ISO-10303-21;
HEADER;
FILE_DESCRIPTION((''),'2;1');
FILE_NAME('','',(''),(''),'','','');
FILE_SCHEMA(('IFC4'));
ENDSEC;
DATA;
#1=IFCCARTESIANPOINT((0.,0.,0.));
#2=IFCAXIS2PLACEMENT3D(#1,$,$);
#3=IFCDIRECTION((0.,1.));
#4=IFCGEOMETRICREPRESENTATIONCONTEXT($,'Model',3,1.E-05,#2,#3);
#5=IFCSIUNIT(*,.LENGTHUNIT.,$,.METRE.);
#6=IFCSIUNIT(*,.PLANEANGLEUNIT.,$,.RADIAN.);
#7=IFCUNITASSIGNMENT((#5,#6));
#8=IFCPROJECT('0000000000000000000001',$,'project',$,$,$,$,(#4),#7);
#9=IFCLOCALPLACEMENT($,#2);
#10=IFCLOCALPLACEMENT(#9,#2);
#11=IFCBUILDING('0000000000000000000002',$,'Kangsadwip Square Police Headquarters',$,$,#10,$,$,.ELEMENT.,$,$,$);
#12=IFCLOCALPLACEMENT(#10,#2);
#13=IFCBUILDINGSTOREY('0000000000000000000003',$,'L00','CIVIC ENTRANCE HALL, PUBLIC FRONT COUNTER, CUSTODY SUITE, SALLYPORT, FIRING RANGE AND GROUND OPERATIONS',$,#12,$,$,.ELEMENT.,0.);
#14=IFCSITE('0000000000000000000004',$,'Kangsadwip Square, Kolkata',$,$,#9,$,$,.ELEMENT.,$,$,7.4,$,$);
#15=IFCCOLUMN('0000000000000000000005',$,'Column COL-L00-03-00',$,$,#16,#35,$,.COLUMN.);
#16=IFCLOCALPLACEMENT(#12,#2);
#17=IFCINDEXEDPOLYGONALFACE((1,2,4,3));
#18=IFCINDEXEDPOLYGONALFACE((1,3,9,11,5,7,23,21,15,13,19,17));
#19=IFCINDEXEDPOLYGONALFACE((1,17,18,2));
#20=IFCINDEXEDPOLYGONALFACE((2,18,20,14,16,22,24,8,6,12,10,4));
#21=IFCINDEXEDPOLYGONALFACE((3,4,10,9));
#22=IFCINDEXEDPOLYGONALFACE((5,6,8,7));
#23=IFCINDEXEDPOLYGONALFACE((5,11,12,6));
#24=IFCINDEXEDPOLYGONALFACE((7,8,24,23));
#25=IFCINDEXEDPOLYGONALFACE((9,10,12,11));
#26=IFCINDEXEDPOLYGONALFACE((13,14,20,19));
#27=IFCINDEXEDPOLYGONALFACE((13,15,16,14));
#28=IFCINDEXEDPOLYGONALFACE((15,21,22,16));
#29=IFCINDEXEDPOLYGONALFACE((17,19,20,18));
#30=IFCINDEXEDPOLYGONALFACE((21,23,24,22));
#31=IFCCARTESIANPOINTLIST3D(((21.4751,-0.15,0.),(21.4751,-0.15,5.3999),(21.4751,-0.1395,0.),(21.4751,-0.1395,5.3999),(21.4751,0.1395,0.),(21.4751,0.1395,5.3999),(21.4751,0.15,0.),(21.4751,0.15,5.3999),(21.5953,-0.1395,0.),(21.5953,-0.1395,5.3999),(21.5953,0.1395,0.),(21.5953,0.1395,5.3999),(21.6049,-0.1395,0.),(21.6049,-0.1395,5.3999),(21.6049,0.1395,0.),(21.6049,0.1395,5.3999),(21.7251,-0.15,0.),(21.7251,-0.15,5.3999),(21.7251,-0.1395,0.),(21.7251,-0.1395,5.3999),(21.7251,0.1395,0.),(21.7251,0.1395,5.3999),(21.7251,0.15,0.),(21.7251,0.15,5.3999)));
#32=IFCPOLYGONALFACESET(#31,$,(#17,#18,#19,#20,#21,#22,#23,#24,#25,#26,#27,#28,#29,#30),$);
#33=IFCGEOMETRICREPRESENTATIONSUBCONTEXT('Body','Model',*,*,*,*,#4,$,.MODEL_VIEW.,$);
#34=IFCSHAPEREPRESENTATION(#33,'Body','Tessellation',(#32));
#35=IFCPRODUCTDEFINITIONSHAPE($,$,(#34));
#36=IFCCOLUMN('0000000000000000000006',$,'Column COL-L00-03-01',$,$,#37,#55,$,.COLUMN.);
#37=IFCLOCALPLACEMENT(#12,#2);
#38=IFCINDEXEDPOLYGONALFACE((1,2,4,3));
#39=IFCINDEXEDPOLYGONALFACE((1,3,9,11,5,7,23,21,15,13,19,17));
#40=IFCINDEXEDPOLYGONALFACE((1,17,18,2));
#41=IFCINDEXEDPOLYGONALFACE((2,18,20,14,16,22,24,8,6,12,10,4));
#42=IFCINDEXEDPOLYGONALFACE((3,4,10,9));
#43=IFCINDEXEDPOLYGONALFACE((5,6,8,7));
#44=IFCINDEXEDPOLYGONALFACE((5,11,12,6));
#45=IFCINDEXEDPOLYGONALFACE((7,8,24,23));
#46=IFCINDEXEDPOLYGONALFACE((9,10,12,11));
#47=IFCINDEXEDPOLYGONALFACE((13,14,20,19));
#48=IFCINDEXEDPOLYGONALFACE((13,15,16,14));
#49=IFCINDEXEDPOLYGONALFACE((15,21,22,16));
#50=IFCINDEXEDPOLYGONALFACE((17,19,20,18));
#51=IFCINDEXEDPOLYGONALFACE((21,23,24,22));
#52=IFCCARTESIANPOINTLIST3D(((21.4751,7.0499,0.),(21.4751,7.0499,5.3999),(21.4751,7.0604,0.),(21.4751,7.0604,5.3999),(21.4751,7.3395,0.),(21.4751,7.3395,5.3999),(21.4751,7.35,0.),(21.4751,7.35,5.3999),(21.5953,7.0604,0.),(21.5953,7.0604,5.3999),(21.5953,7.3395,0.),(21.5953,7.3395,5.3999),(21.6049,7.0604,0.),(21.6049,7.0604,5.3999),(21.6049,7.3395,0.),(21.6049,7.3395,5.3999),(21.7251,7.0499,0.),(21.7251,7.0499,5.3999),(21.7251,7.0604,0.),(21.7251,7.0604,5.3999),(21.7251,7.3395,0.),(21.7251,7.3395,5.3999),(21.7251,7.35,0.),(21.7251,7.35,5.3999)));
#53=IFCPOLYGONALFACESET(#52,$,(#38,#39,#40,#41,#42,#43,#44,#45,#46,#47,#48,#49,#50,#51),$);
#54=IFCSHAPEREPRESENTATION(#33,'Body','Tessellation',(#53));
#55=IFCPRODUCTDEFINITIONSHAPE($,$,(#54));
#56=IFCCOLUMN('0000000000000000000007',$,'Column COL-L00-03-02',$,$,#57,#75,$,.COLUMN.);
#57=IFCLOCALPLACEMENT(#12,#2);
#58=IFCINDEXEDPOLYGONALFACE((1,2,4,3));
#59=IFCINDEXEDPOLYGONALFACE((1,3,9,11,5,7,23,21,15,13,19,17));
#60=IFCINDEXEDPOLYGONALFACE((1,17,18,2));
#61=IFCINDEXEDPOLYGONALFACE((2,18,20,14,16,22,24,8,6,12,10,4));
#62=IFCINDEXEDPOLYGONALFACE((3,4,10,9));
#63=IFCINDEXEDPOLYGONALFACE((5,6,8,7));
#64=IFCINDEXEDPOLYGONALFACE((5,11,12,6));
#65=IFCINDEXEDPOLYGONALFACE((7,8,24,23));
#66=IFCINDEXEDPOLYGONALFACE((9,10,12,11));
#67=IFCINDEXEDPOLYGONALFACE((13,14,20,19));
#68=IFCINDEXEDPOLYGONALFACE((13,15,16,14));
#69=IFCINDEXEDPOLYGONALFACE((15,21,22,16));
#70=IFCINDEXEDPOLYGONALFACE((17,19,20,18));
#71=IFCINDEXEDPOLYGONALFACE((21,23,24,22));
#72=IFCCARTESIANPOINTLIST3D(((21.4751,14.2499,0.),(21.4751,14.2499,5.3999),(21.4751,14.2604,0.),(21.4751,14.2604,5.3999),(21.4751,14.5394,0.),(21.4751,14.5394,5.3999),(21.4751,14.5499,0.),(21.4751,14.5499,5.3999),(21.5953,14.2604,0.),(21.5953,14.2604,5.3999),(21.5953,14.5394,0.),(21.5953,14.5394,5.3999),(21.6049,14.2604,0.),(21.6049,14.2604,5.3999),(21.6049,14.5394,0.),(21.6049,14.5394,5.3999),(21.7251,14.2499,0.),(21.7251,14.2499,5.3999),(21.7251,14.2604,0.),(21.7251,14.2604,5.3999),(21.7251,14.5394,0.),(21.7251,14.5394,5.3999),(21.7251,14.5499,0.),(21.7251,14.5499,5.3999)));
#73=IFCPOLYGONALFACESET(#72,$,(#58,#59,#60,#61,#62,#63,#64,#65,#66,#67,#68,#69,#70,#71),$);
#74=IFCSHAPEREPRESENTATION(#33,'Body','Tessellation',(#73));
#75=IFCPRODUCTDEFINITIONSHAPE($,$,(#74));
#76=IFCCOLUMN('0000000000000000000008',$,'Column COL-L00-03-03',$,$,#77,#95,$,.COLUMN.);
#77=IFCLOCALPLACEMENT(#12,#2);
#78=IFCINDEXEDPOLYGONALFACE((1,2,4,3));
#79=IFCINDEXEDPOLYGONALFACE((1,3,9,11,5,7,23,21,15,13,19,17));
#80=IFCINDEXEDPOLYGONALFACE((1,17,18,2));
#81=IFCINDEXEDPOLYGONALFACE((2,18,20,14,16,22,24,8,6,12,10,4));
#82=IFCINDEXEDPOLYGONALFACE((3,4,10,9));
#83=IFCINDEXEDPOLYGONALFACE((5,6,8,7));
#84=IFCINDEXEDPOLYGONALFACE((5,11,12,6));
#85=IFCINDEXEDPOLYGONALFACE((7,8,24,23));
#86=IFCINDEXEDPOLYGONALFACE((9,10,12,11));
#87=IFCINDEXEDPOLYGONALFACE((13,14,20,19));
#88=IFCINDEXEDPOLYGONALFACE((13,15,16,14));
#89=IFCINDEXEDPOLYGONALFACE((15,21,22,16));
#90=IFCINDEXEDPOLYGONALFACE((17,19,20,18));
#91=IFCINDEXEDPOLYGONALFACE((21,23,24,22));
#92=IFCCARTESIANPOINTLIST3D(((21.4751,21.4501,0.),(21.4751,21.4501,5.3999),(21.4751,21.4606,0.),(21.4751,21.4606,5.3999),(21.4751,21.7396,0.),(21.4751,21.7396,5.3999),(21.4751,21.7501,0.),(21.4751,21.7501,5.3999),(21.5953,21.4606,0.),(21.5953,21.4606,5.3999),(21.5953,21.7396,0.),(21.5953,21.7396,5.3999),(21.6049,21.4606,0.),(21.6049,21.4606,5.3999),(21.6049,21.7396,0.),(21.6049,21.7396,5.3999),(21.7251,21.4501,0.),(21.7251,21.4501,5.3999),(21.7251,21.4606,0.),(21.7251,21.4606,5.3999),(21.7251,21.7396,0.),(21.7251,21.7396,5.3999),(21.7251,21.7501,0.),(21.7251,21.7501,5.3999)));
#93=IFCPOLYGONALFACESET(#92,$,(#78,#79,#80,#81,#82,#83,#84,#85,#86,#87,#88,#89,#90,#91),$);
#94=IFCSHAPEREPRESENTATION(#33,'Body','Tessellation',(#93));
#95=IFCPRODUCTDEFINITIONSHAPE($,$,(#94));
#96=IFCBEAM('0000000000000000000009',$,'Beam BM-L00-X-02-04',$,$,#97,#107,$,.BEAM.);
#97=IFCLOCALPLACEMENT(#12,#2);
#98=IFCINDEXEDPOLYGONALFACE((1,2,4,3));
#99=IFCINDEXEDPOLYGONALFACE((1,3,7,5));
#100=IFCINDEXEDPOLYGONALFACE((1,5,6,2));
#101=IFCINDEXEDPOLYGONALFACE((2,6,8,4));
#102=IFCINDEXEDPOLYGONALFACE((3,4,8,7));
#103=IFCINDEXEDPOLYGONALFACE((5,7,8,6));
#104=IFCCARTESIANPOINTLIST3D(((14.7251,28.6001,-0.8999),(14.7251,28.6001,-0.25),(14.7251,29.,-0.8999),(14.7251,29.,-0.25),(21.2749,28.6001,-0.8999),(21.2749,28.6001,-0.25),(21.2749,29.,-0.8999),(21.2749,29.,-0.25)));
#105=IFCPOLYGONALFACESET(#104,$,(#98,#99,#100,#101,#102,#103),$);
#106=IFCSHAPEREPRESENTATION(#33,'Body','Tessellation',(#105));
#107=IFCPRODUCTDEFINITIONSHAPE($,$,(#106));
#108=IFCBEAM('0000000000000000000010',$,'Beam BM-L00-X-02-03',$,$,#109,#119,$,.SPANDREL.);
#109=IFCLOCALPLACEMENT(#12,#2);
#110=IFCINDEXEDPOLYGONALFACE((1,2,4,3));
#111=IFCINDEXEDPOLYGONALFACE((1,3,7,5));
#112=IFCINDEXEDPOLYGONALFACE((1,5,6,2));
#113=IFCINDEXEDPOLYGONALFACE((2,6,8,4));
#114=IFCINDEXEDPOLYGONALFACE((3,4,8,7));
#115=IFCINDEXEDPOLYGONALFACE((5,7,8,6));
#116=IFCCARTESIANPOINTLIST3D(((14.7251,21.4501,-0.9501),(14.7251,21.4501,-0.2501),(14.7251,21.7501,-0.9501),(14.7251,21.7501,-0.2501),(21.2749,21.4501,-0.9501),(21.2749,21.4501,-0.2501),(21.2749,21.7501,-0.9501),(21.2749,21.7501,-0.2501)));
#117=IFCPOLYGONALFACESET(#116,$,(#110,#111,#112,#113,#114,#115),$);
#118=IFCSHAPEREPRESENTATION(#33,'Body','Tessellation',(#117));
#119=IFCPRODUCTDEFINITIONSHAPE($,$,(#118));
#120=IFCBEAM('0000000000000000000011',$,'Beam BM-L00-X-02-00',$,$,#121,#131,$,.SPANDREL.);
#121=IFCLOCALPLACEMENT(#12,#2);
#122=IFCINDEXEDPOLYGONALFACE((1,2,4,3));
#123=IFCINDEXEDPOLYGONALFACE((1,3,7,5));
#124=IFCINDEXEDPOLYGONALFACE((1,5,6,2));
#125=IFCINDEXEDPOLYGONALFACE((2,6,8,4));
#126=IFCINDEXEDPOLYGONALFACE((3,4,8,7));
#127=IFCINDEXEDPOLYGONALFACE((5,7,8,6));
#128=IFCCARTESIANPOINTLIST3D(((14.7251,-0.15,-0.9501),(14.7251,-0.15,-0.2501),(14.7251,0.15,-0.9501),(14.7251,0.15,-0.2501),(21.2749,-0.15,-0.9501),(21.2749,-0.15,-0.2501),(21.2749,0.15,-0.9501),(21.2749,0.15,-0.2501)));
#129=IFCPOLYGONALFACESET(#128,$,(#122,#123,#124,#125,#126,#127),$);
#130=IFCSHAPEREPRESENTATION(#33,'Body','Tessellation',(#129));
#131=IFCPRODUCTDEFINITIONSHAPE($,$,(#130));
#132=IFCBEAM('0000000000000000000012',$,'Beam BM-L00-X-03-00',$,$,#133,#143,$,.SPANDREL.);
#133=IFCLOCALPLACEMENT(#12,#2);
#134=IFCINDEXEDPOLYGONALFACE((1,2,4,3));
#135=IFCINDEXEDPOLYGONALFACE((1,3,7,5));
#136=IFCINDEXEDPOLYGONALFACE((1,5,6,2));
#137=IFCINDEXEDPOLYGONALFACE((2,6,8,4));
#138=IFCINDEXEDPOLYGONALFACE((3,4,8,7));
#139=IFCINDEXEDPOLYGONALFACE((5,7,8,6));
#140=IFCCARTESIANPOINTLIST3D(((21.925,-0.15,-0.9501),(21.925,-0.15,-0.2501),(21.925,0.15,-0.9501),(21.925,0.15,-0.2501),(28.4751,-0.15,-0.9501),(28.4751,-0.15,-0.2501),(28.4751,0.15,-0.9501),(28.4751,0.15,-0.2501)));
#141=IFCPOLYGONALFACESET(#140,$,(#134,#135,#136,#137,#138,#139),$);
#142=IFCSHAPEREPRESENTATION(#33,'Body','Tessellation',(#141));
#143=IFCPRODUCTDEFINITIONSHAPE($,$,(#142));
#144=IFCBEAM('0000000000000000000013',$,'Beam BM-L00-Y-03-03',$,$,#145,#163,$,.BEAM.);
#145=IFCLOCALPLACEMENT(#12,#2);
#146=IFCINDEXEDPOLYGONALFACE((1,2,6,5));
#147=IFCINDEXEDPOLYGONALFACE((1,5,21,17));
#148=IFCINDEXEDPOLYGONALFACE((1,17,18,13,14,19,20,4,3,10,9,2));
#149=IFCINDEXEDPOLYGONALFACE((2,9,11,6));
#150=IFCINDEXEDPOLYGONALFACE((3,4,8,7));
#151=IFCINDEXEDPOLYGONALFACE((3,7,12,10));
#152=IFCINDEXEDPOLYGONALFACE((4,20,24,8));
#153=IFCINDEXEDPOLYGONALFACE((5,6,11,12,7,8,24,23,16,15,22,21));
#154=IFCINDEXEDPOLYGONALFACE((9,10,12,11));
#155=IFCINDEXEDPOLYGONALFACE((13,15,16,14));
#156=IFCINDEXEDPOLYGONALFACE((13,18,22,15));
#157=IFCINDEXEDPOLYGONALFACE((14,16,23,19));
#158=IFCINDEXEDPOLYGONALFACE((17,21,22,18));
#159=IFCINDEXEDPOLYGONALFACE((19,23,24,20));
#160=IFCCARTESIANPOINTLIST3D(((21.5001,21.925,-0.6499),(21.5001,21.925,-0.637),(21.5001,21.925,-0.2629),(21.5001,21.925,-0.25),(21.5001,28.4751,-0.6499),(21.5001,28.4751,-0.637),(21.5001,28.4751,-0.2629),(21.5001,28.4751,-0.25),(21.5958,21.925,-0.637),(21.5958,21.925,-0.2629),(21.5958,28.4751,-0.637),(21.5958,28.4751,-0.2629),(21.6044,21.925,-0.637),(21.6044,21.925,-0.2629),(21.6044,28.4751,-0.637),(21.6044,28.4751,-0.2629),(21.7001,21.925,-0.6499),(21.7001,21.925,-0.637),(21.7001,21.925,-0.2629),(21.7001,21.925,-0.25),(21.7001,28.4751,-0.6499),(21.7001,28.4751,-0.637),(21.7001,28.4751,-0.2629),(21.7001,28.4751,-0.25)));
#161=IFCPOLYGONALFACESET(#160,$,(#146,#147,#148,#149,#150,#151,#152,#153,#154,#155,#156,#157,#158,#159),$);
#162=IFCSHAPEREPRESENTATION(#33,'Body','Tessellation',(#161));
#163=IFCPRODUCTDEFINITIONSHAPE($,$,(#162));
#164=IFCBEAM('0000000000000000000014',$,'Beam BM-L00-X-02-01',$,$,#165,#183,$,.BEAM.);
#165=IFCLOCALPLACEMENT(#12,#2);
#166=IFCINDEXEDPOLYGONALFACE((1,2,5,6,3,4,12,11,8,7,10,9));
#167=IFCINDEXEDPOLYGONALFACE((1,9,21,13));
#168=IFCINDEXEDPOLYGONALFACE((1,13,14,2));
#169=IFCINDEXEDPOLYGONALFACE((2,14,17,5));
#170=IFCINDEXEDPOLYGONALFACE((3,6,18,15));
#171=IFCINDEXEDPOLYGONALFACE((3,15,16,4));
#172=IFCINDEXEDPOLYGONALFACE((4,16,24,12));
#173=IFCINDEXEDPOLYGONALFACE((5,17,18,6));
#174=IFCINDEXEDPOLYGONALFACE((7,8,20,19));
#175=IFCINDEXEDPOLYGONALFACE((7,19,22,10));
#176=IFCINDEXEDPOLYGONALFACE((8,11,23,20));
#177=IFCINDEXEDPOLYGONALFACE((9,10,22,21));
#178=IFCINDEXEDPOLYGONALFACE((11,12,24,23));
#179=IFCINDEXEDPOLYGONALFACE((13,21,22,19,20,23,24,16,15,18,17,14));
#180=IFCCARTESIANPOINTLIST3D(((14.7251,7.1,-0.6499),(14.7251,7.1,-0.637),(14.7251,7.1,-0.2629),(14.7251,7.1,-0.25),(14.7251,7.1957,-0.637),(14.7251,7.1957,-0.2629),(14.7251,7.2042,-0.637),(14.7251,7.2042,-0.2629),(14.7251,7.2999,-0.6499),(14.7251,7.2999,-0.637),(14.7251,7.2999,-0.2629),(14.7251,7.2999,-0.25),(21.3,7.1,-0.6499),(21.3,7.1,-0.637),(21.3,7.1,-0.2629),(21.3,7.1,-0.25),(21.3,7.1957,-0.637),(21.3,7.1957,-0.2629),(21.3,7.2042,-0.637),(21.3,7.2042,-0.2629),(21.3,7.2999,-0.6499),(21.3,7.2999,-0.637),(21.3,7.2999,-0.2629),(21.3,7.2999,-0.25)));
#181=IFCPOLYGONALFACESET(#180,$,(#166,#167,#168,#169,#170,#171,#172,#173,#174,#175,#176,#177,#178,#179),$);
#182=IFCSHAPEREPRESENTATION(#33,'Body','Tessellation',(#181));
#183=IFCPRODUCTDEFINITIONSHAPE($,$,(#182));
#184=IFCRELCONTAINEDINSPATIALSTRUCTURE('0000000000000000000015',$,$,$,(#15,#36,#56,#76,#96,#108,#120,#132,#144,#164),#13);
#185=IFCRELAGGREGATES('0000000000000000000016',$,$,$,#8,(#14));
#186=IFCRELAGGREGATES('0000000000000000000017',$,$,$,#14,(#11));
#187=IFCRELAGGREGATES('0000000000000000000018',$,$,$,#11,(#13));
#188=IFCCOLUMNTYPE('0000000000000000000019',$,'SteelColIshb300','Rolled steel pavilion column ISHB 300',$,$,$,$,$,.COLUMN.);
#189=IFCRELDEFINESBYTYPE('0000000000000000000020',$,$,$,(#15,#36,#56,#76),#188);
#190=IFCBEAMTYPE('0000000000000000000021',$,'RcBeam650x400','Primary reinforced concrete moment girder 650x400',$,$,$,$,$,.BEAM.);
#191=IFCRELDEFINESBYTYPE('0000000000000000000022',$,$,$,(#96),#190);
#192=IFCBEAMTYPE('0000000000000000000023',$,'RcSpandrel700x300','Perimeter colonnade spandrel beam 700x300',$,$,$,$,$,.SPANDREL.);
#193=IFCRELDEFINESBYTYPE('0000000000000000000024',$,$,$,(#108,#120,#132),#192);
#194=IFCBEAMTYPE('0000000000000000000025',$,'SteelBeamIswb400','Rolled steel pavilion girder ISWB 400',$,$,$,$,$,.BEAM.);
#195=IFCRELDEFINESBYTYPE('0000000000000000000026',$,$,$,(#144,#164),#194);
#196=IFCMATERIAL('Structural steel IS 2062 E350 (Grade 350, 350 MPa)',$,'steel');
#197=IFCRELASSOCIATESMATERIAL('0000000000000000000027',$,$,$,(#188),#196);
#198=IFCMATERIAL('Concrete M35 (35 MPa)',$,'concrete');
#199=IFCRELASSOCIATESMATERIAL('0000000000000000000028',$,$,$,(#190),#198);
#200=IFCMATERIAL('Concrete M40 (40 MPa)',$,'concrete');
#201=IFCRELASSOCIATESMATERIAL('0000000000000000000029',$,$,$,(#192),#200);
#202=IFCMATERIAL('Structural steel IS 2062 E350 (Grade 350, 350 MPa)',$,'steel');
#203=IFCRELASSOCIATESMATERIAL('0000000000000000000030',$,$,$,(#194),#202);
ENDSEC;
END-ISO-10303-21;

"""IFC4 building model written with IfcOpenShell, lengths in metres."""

from ifc_helpers import new_model, si_unit, direction, frame, origin, origin_2d, place, context, subcontext, project, spatial, rectangle, i_section, extrude, material, material_profile, profile_set, type_object, element, save


model = new_model("IFC4")

# Units and contexts
model_context = context("Model", 3, precision=1e-05, world=origin(), true_north=direction((0.0, 1.0)))
body_context = subcontext(model_context, "Body", "Model", "MODEL_VIEW")
ifc_project = project(units=[si_unit("LENGTHUNIT", "METRE"), si_unit("PLANEANGLEUNIT", "RADIAN")], contexts=[model_context])

# Site, building, storey
site_placement = place(None, origin())
site = spatial("IfcSite", under=ifc_project, at=site_placement, Name="Kangsadwip Square, Kolkata", CompositionType="ELEMENT", RefElevation=7.4)
building_placement = place(site_placement, origin())
building = spatial("IfcBuilding", under=site, at=building_placement, Name="Kangsadwip Square Police Headquarters", CompositionType="ELEMENT")
storey_placement = place(building_placement, origin())
storey = spatial("IfcBuildingStorey", under=building, at=storey_placement, Name="L00", Description="CIVIC ENTRANCE HALL, PUBLIC FRONT COUNTER, CUSTODY SUITE, SALLYPORT, FIRING RANGE AND GROUND OPERATIONS", CompositionType="ELEMENT", Elevation=0.0)

# Columns
ifc_material_1 = material(Name="Structural steel IS 2062 E350 (Grade 350, 350 MPa)", Category="steel")
ifc_material_profile_1 = material_profile(ifc_material_1, i_section(OverallWidth=0.25, OverallDepth=0.3, WebThickness=0.0095, FlangeThickness=0.0105, at=origin_2d()), Name="ISHB 300")
ifc_profile_set_1 = profile_set([ifc_material_profile_1], Name="Structural steel IS 2062 E350 (Grade 350, 350 MPa)")
column_type = type_object("IfcColumnType", Name="SteelColIshb300", Description="Rolled steel pavilion column ISHB 300", PredefinedType="COLUMN", material=ifc_profile_set_1)
for number, where, z_axis, x_axis, name in (
    (1, (21.6001, 0.0, 0.0), (0.0, 0.0, 1.0), (1.0, 0.0, 0.0), "Column COL-L00-03-00"),
    (2, (21.6001, 7.2, 0.0), (0.0, 0.0, 1.0), (1.0, 0.0, 0.0), "Column COL-L00-03-01"),
    (3, (21.6001, 14.3999, 0.0), (0.0, 0.0, 1.0), (1.0, 0.0, 0.0), "Column COL-L00-03-02"),
    (4, (21.6001, 21.6001, 0.0), (0.0, 0.0, 1.0), (1.0, 0.0, 0.0), "Column COL-L00-03-03"),
):
    element("IfcColumn", number, at=place(storey_placement, frame(where, z_axis=z_axis, x_axis=x_axis)), inside=storey, type_object=column_type, Name=name, PredefinedType="COLUMN", context=body_context, shape_type="SweptSolid", body=[
        extrude(i_section(OverallWidth=0.25, OverallDepth=0.3, WebThickness=0.0095, FlangeThickness=0.0105, at=origin_2d()), origin(), (0.0, 0.0, 1.0), 5.3999),
    ])

# Beams
ifc_material_2 = material(Name="Concrete M35 (35 MPa)", Category="concrete")
ifc_material_profile_2 = material_profile(ifc_material_2, rectangle(XDim=0.3999, YDim=0.6499, at=origin_2d()), Name="RC BM 650X400")
ifc_profile_set_2 = profile_set([ifc_material_profile_2], Name="Concrete M35 (35 MPa)")
beam_type_1 = type_object("IfcBeamType", Name="RcBeam650x400", Description="Primary reinforced concrete moment girder 650x400", PredefinedType="BEAM", material=ifc_profile_set_2)
beam_1_placement = place(storey_placement, frame((14.7251, 28.8, -0.575), z_axis=(1.0, 0.0, 0.0), x_axis=(0.0, 1.0, 0.0)))
element("IfcBeam", 5, at=beam_1_placement, inside=storey, type_object=beam_type_1, Name="Beam BM-L00-X-02-04", PredefinedType="BEAM", context=body_context, shape_type="SweptSolid", body=[
    extrude(rectangle(XDim=0.3999, YDim=0.6499, at=origin_2d()), origin(), (0.0, 0.0, 1.0), 6.5498),
])
ifc_material_3 = material(Name="Concrete M40 (40 MPa)", Category="concrete")
ifc_material_profile_3 = material_profile(ifc_material_3, rectangle(XDim=0.3, YDim=0.7, at=origin_2d()), Name="RC SPN 700X300")
ifc_profile_set_3 = profile_set([ifc_material_profile_3], Name="Concrete M40 (40 MPa)")
beam_type_2 = type_object("IfcBeamType", Name="RcSpandrel700x300", Description="Perimeter colonnade spandrel beam 700x300", PredefinedType="SPANDREL", material=ifc_profile_set_3)
for number, where, z_axis, x_axis, name in (
    (6, (14.7251, 21.6001, -0.6001), (1.0, 0.0, 0.0), (0.0, 1.0, 0.0), "Beam BM-L00-X-02-03"),
    (7, (14.7251, 0.0, -0.6001), (1.0, 0.0, 0.0), (0.0, 1.0, 0.0), "Beam BM-L00-X-02-00"),
):
    element("IfcBeam", number, at=place(storey_placement, frame(where, z_axis=z_axis, x_axis=x_axis)), inside=storey, type_object=beam_type_2, Name=name, PredefinedType="SPANDREL", context=body_context, shape_type="SweptSolid", body=[
        extrude(rectangle(XDim=0.3, YDim=0.7, at=origin_2d()), origin(), (0.0, 0.0, 1.0), 6.5498),
    ])
beam_2_placement = place(storey_placement, frame((21.925, 0.0, -0.6001), z_axis=(1.0, 0.0, 0.0), x_axis=(0.0, 1.0, 0.0)))
element("IfcBeam", 8, at=beam_2_placement, inside=storey, type_object=beam_type_2, Name="Beam BM-L00-X-03-00", PredefinedType="SPANDREL", context=body_context, shape_type="SweptSolid", body=[
    extrude(rectangle(XDim=0.3, YDim=0.7, at=origin_2d()), origin(), (0.0, 0.0, 1.0), 6.55),
])
ifc_material_4 = material(Name="Structural steel IS 2062 E350 (Grade 350, 350 MPa)", Category="steel")
ifc_material_profile_4 = material_profile(ifc_material_4, i_section(OverallWidth=0.2, OverallDepth=0.3999, WebThickness=0.0085, FlangeThickness=0.0129, at=origin_2d()), Name="ISWB 400")
ifc_profile_set_4 = profile_set([ifc_material_profile_4], Name="Structural steel IS 2062 E350 (Grade 350, 350 MPa)")
beam_type_3 = type_object("IfcBeamType", Name="SteelBeamIswb400", Description="Rolled steel pavilion girder ISWB 400", PredefinedType="BEAM", material=ifc_profile_set_4)
beam_3_placement = place(storey_placement, frame((21.6001, 21.925, -0.45), z_axis=(0.0, 1.0, 0.0), x_axis=(-1.0, 0.0, 0.0)))
element("IfcBeam", 9, at=beam_3_placement, inside=storey, type_object=beam_type_3, Name="Beam BM-L00-Y-03-03", PredefinedType="BEAM", context=body_context, shape_type="SweptSolid", body=[
    extrude(i_section(OverallWidth=0.2, OverallDepth=0.3999, WebThickness=0.0085, FlangeThickness=0.0129, at=origin_2d()), origin(), (0.0, 0.0, 1.0), 6.55),
])
beam_4_placement = place(storey_placement, frame((14.7251, 7.2, -0.45), z_axis=(1.0, 0.0, 0.0), x_axis=(0.0, 1.0, 0.0)))
element("IfcBeam", 10, at=beam_4_placement, inside=storey, type_object=beam_type_3, Name="Beam BM-L00-X-02-01", PredefinedType="BEAM", context=body_context, shape_type="SweptSolid", body=[
    extrude(i_section(OverallWidth=0.2, OverallDepth=0.3999, WebThickness=0.0085, FlangeThickness=0.0129, at=origin_2d()), origin(), (0.0, 0.0, 1.0), 6.575),
])

save(model, "model.ifc")
